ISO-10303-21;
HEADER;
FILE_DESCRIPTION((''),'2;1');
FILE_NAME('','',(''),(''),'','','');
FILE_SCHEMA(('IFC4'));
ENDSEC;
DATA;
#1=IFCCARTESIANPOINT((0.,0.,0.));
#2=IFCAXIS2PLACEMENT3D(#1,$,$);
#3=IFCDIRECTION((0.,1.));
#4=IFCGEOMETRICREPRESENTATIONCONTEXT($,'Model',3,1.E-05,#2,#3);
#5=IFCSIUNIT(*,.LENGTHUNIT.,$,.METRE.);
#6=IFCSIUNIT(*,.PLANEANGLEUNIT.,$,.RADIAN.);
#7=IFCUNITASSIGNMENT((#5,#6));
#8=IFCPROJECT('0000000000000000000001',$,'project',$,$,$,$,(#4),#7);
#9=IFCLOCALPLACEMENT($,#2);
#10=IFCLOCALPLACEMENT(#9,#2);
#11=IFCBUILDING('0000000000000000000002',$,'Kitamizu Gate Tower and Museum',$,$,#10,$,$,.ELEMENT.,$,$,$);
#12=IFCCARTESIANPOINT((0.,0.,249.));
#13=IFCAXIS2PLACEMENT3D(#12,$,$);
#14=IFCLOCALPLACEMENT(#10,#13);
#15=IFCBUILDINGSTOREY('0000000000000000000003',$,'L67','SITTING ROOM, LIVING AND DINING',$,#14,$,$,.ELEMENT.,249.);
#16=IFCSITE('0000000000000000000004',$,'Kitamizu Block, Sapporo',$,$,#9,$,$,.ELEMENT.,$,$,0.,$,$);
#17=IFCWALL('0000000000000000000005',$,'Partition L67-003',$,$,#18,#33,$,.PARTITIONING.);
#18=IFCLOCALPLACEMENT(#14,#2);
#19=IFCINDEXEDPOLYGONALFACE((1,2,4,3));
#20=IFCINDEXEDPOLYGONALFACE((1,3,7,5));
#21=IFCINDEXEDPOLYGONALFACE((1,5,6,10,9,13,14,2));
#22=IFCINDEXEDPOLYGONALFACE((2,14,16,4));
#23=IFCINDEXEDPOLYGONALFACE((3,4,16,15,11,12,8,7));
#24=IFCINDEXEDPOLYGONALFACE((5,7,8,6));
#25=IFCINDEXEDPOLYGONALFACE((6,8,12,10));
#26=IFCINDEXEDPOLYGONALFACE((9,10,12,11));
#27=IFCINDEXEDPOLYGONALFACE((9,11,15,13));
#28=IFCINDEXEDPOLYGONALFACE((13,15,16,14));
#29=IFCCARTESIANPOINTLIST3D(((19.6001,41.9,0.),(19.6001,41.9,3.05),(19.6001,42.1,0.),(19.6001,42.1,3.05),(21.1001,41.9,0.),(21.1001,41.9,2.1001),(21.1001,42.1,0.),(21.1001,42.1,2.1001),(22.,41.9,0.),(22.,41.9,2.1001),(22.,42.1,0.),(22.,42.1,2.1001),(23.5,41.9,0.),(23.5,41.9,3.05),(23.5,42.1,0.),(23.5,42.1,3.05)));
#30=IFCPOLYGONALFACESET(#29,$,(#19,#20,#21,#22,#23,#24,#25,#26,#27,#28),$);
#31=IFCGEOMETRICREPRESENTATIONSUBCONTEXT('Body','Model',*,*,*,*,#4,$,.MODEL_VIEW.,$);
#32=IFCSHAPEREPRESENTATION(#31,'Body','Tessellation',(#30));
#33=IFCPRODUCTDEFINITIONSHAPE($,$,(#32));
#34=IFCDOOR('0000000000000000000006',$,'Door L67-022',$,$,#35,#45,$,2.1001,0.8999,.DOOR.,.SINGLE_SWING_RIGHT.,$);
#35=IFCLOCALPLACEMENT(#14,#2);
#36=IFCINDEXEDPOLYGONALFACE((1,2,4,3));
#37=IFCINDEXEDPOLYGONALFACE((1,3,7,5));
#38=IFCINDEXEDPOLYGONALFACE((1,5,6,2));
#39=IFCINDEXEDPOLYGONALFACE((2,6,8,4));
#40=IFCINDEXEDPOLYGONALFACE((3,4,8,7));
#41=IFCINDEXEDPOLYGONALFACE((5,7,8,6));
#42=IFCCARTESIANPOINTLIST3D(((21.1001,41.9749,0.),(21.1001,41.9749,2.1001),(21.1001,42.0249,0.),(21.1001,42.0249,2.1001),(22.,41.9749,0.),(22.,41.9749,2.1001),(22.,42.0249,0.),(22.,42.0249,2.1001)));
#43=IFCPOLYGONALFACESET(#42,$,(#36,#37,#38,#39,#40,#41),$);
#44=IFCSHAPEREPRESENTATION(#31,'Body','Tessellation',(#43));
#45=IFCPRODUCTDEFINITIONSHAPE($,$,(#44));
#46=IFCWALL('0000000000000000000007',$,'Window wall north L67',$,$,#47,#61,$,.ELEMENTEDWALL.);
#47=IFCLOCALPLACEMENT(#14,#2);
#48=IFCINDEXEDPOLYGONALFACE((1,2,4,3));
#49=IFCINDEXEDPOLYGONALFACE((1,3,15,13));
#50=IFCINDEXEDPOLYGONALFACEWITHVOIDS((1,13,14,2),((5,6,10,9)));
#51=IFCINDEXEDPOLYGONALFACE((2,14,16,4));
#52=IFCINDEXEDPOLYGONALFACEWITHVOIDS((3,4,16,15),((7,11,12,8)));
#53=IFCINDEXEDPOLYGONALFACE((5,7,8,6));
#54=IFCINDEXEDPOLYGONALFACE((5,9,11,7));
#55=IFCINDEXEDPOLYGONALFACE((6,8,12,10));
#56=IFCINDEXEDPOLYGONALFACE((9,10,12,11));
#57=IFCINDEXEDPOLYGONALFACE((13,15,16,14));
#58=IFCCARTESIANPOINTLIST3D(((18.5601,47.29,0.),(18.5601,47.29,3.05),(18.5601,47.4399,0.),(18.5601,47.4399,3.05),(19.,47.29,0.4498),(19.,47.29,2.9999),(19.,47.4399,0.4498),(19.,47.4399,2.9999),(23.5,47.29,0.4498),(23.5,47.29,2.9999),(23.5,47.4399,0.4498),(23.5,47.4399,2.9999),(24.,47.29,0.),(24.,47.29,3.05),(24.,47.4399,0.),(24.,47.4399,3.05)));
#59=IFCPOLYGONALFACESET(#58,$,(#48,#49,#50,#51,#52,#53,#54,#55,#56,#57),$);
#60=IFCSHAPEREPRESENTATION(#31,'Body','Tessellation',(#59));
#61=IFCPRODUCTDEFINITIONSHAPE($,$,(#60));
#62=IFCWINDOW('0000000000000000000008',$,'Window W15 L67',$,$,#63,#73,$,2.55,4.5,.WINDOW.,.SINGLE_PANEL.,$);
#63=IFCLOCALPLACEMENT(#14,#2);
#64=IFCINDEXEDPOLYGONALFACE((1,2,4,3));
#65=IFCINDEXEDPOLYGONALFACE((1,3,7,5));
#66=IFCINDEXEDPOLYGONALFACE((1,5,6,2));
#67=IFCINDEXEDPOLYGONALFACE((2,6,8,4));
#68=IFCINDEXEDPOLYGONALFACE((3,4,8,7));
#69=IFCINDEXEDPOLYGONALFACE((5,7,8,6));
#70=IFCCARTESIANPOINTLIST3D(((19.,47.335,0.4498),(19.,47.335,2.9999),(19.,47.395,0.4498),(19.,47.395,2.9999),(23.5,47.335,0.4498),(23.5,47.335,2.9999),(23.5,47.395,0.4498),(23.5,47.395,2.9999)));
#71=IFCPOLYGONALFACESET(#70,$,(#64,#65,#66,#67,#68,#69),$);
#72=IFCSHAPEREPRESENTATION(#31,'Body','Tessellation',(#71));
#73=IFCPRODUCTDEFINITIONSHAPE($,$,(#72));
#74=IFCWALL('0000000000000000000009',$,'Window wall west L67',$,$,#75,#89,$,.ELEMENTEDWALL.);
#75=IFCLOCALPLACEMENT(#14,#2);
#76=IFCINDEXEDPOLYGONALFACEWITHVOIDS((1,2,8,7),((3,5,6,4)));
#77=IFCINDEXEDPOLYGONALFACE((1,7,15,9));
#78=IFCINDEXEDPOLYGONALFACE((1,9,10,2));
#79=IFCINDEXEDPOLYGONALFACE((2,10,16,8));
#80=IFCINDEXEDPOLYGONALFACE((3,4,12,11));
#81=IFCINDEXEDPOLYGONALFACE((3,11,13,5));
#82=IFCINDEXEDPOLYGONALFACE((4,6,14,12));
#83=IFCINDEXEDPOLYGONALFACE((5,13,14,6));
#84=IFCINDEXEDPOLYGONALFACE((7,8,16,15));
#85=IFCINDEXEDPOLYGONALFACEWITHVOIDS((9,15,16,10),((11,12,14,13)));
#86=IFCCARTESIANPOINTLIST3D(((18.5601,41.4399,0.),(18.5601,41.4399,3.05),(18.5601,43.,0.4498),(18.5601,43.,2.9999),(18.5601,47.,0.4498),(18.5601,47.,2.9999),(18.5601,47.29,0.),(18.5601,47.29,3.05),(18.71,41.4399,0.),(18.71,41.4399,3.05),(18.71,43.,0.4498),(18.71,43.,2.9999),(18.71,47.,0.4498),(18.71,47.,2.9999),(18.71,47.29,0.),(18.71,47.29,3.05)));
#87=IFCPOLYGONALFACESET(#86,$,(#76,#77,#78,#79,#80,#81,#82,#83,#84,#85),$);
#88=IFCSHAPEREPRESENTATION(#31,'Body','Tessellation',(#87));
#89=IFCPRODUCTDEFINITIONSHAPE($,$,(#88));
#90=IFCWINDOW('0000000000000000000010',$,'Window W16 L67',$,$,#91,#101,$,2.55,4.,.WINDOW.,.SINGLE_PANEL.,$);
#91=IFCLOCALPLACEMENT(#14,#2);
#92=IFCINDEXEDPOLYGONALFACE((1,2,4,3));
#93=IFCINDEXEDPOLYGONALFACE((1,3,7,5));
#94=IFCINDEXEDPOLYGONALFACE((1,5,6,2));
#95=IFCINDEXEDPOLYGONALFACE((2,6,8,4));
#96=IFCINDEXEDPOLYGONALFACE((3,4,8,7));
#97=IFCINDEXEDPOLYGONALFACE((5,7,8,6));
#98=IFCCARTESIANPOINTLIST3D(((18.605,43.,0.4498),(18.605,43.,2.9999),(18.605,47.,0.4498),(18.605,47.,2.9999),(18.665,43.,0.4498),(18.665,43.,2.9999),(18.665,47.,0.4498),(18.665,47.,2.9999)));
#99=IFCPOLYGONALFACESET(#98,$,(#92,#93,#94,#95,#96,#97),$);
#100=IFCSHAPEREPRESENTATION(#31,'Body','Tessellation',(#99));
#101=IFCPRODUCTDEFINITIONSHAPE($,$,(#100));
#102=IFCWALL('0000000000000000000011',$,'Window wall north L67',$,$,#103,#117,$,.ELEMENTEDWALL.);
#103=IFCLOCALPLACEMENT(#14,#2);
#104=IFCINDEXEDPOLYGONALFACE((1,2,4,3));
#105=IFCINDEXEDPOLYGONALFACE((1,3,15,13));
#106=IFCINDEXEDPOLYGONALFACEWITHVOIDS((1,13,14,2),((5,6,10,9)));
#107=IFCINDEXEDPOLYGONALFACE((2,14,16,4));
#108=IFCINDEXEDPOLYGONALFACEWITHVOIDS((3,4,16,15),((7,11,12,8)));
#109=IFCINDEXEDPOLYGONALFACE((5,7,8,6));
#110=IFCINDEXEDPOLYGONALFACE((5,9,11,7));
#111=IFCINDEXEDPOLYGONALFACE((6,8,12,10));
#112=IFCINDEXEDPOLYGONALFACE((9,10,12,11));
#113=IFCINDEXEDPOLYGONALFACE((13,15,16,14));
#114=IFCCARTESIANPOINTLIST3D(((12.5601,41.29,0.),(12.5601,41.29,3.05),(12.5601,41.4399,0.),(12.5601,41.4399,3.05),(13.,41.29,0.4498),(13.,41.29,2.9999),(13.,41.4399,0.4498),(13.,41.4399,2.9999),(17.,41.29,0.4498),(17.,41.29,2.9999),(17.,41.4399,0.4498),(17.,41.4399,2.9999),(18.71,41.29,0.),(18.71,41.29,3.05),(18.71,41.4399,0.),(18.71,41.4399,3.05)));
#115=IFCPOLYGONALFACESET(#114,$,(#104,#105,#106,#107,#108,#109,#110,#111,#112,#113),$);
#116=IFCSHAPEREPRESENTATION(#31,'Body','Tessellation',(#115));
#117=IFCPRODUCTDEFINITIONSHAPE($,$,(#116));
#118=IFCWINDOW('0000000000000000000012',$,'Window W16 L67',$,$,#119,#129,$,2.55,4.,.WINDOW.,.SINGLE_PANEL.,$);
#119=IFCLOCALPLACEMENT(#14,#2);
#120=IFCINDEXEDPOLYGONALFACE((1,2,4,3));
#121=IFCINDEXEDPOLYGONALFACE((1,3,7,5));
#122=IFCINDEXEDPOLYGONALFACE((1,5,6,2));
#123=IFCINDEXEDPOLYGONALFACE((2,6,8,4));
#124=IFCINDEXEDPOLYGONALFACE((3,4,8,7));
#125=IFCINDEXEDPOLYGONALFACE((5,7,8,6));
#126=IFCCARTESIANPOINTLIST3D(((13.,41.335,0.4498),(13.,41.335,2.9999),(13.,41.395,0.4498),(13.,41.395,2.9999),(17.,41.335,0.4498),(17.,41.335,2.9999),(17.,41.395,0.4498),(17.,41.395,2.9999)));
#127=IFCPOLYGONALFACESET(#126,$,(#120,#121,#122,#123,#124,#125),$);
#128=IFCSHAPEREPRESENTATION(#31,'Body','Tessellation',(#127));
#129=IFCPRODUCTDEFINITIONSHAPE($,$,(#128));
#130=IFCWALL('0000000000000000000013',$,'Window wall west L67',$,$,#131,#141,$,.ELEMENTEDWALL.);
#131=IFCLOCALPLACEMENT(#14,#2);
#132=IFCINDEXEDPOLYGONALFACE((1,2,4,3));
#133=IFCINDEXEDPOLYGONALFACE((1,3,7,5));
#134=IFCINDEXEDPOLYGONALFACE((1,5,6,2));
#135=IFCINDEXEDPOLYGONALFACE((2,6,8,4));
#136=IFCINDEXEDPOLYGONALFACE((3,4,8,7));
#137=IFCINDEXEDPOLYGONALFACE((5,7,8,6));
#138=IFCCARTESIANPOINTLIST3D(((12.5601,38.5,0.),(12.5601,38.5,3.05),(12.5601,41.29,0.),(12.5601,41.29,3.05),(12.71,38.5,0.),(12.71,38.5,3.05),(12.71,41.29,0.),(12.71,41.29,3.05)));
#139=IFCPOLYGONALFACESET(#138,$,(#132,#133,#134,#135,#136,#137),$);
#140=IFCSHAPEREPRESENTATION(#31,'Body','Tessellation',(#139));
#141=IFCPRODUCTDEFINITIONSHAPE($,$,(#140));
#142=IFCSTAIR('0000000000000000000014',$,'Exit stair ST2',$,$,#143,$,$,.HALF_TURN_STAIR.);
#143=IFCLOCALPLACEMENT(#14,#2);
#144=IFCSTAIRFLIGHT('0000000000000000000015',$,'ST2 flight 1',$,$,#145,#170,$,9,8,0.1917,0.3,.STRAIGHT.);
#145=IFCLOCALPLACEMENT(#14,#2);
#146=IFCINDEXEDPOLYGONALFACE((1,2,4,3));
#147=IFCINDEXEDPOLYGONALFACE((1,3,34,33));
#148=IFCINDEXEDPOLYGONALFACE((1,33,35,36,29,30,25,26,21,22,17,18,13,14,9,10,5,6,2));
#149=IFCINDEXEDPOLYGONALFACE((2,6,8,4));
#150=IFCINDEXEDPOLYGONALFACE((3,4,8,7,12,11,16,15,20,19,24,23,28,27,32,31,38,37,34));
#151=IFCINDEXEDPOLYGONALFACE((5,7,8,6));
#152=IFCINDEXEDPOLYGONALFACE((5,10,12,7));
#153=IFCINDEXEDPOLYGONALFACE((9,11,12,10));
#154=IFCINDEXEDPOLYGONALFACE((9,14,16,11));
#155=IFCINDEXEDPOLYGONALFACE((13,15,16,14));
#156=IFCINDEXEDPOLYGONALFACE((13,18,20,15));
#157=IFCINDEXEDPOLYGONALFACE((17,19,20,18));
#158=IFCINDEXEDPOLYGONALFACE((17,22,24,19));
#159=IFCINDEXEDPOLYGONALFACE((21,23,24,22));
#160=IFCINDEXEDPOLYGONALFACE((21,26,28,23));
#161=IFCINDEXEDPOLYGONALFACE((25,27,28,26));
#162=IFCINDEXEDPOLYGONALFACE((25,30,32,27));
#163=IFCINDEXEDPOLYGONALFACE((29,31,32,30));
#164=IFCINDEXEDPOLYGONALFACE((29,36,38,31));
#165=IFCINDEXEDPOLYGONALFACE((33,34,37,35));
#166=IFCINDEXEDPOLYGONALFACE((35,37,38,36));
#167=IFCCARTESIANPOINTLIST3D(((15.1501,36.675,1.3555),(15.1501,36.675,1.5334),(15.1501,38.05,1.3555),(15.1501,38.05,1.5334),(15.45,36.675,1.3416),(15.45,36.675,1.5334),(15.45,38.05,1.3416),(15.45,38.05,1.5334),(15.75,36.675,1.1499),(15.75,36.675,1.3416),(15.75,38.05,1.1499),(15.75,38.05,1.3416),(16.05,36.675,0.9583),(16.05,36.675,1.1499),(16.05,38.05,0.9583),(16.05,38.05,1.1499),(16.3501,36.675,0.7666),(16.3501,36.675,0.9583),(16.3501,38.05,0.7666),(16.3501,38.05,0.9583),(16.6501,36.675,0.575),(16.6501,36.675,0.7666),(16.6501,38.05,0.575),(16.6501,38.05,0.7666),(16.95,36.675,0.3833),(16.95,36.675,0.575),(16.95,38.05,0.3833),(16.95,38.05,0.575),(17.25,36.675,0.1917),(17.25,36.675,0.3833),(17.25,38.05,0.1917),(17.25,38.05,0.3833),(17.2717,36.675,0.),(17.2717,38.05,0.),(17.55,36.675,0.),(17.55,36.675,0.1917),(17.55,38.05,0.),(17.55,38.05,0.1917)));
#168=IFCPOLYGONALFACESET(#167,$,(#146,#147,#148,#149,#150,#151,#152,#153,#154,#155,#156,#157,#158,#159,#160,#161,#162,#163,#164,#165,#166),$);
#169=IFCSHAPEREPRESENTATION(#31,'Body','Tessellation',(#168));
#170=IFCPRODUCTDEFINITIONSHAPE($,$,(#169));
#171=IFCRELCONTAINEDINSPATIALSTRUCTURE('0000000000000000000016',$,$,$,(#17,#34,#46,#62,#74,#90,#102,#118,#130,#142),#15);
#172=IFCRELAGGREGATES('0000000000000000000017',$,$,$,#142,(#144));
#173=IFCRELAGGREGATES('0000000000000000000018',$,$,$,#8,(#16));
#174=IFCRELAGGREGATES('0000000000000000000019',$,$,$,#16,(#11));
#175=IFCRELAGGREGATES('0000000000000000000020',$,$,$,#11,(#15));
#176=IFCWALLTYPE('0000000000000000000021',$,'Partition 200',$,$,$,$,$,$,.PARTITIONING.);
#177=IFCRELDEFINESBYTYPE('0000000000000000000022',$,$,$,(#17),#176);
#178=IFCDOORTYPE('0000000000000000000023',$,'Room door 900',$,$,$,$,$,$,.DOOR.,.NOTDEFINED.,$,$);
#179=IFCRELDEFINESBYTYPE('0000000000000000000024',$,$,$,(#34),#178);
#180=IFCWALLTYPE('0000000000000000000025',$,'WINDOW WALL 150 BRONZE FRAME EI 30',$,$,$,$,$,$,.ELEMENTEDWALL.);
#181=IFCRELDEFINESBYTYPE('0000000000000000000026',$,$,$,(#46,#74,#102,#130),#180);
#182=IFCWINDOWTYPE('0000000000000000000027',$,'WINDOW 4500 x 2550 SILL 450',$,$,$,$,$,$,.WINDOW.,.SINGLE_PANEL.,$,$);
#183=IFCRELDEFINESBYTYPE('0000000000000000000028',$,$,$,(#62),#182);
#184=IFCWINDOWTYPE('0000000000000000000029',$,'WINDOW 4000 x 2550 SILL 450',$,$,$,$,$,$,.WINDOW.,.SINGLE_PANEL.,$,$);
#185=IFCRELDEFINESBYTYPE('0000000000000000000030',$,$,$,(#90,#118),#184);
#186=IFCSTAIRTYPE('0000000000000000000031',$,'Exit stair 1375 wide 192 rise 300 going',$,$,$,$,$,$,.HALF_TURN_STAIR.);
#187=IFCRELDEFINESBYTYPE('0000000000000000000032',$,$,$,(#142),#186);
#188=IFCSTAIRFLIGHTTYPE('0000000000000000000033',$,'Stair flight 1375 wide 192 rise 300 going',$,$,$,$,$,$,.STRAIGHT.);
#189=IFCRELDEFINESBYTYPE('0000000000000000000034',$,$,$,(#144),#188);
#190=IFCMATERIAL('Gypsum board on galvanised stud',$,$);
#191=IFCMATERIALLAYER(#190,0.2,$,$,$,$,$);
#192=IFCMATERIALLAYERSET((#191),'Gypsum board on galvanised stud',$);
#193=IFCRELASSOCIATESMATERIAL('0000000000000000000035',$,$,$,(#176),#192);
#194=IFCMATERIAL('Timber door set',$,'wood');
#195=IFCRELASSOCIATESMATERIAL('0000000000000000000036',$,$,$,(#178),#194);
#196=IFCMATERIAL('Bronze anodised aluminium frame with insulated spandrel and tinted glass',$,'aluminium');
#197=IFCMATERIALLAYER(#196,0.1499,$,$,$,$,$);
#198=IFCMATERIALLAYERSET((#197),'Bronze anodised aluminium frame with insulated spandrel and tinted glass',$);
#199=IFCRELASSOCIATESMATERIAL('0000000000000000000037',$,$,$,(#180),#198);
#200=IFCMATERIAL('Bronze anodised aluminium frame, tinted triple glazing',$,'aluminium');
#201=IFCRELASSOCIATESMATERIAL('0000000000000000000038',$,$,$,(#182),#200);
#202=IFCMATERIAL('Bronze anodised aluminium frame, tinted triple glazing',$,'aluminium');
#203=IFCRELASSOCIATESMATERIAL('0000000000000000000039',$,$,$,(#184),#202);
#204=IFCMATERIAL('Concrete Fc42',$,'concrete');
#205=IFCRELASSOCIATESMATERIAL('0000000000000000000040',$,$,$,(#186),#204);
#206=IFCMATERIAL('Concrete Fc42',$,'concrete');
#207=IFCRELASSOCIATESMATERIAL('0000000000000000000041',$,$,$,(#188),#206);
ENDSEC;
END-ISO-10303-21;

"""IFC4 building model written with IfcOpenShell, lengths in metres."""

from ifc_helpers import new_model, si_unit, direction, frame, frame_2d, origin, place, context, subcontext, project, spatial, polyline, rectangle, outline, extrude, material, layer, layer_set, type_object, element, fill, aggregate, save


model = new_model("IFC4")

# Units and contexts
model_context = context("Model", 3, precision=1e-05, world=origin(), true_north=direction((0.0, 1.0)))
body_context = subcontext(model_context, "Body", "Model", "MODEL_VIEW")
ifc_project = project(units=[si_unit("LENGTHUNIT", "METRE"), si_unit("PLANEANGLEUNIT", "RADIAN")], contexts=[model_context])

# Site, building, storey
site_placement = place(None, origin())
site = spatial("IfcSite", under=ifc_project, at=site_placement, Name="Kitamizu Block, Sapporo", CompositionType="ELEMENT", RefElevation=0.0)
building_placement = place(site_placement, origin())
building = spatial("IfcBuilding", under=site, at=building_placement, Name="Kitamizu Gate Tower and Museum", CompositionType="ELEMENT")
storey_placement = place(building_placement, frame((0.0, 0.0, 249.0)))
storey = spatial("IfcBuildingStorey", under=building, at=storey_placement, Name="L67", Description="SITTING ROOM, LIVING AND DINING", CompositionType="ELEMENT", Elevation=249.0)

# Shared definitions
ifc_material_1 = material(Name="Gypsum board on galvanised stud")
ifc_layer_1 = layer(ifc_material_1, 0.2)
ifc_layer_set_1 = layer_set([ifc_layer_1], Name="Gypsum board on galvanised stud")
wall_type_1 = type_object("IfcWallType", Name="Partition 200", PredefinedType="PARTITIONING", material=ifc_layer_set_1)

# Wall, opening, door
wall_1_placement = place(storey_placement, frame((19.6001, 42.0, 0.0), z_axis=(0.0, 0.0, 1.0), x_axis=(1.0, 0.0, 0.0)))
wall_1 = element("IfcWall", 1, at=wall_1_placement, inside=storey, type_object=wall_type_1, Name="Partition L67-003", PredefinedType="PARTITIONING", context=body_context, shape_type="SweptSolid", body=[
    extrude(rectangle(XDim=3.8999, YDim=0.2, at=frame_2d((1.95, 0.0))), origin(), (0.0, 0.0, 1.0), 3.05),
])
opening_1_placement = place(wall_1_placement, frame((1.5, 0.0, 0.0)))
opening_1 = element("IfcOpeningElement", 2, at=opening_1_placement, cuts=wall_1, PredefinedType="OPENING", context=body_context, shape_type="SweptSolid", body=[
    extrude(rectangle(XDim=0.8999, YDim=2.1001, at=frame_2d((0.45, 1.05))), frame((0.0, 0.1099, 0.0), z_axis=(0.0, -1.0, 0.0), x_axis=(1.0, 0.0, 0.0)), (0.0, 0.0, 1.0), 0.22),
])
ifc_material_2 = material(Name="Timber door set", Category="wood")
door_type_1 = type_object("IfcDoorType", Name="Room door 900", OperationType="NOTDEFINED", PredefinedType="DOOR", material=ifc_material_2)
door_1_placement = place(opening_1_placement, origin())
door_1 = element("IfcDoor", 3, at=door_1_placement, inside=storey, type_object=door_type_1, Name="Door L67-022", OperationType="SINGLE_SWING_RIGHT", OverallHeight=2.1001, OverallWidth=0.8999, PredefinedType="DOOR", context=body_context, shape_type="SweptSolid", body=[
    extrude(rectangle(XDim=0.8999, YDim=2.1001, at=frame_2d((0.45, 1.05))), frame((0.0, 0.0249, 0.0), z_axis=(0.0, -1.0, 0.0), x_axis=(1.0, 0.0, 0.0)), (0.0, 0.0, 1.0), 0.05),
])
fill(opening_1, door_1)

# Walls, openings, windows
ifc_material_3 = material(Name="Bronze anodised aluminium frame with insulated spandrel and tinted glass", Category="aluminium")
ifc_layer_2 = layer(ifc_material_3, 0.1499)
ifc_layer_set_2 = layer_set([ifc_layer_2], Name="Bronze anodised aluminium frame with insulated spandrel and tinted glass")
wall_type_2 = type_object("IfcWallType", Name="WINDOW WALL 150 BRONZE FRAME EI 30", PredefinedType="ELEMENTEDWALL", material=ifc_layer_set_2)
wall_2_placement = place(storey_placement, frame((18.5601, 47.365, 0.0), z_axis=(0.0, 0.0, 1.0), x_axis=(1.0, 0.0, 0.0)))
wall_2 = element("IfcWall", 4, at=wall_2_placement, inside=storey, type_object=wall_type_2, Name="Window wall north L67", PredefinedType="ELEMENTEDWALL", context=body_context, shape_type="SweptSolid", body=[
    extrude(rectangle(XDim=5.4399, YDim=0.1499, at=frame_2d((2.72, 0.0))), origin(), (0.0, 0.0, 1.0), 3.05),
])
opening_2_placement = place(wall_2_placement, frame((0.4399, 0.0, 0.45)))
opening_2 = element("IfcOpeningElement", 5, at=opening_2_placement, cuts=wall_2, PredefinedType="OPENING", context=body_context, shape_type="SweptSolid", body=[
    extrude(rectangle(XDim=4.5, YDim=2.55, at=frame_2d((2.25, 1.2749))), frame((0.0, 0.085, 0.0), z_axis=(0.0, -1.0, 0.0), x_axis=(1.0, 0.0, 0.0)), (0.0, 0.0, 1.0), 0.1699),
])
ifc_material_4 = material(Name="Bronze anodised aluminium frame, tinted triple glazing", Category="aluminium")
window_type_1 = type_object("IfcWindowType", Name="WINDOW 4500 x 2550 SILL 450", PartitioningType="SINGLE_PANEL", PredefinedType="WINDOW", material=ifc_material_4)
window_1_placement = place(opening_2_placement, origin())
window_1 = element("IfcWindow", 6, at=window_1_placement, inside=storey, type_object=window_type_1, Name="Window W15 L67", OverallHeight=2.55, OverallWidth=4.5, PartitioningType="SINGLE_PANEL", PredefinedType="WINDOW", context=body_context, shape_type="SweptSolid", body=[
    extrude(rectangle(XDim=4.5, YDim=2.55, at=frame_2d((2.25, 1.2749))), frame((0.0, 0.03, 0.0), z_axis=(0.0, -1.0, 0.0), x_axis=(1.0, 0.0, 0.0)), (0.0, 0.0, 1.0), 0.0601),
])
fill(opening_2, window_1)
wall_3_placement = place(storey_placement, frame((18.635, 41.4399, 0.0), z_axis=(0.0, 0.0, 1.0), x_axis=(0.0, 1.0, 0.0)))
wall_3 = element("IfcWall", 7, at=wall_3_placement, inside=storey, type_object=wall_type_2, Name="Window wall west L67", PredefinedType="ELEMENTEDWALL", context=body_context, shape_type="SweptSolid", body=[
    extrude(rectangle(XDim=5.8501, YDim=0.1499, at=frame_2d((2.925, 0.0))), origin(), (0.0, 0.0, 1.0), 3.05),
])
opening_3_placement = place(wall_3_placement, frame((1.5601, 0.0, 0.45)))
opening_3 = element("IfcOpeningElement", 8, at=opening_3_placement, cuts=wall_3, PredefinedType="OPENING", context=body_context, shape_type="SweptSolid", body=[
    extrude(rectangle(XDim=4.0, YDim=2.55, at=frame_2d((2.0, 1.2749))), frame((0.0, 0.085, 0.0), z_axis=(0.0, -1.0, 0.0), x_axis=(1.0, 0.0, 0.0)), (0.0, 0.0, 1.0), 0.1699),
])
ifc_material_5 = material(Name="Bronze anodised aluminium frame, tinted triple glazing", Category="aluminium")
window_type_2 = type_object("IfcWindowType", Name="WINDOW 4000 x 2550 SILL 450", PartitioningType="SINGLE_PANEL", PredefinedType="WINDOW", material=ifc_material_5)
window_2_placement = place(opening_3_placement, origin())
window_2 = element("IfcWindow", 9, at=window_2_placement, inside=storey, type_object=window_type_2, Name="Window W16 L67", OverallHeight=2.55, OverallWidth=4.0, PartitioningType="SINGLE_PANEL", PredefinedType="WINDOW", context=body_context, shape_type="SweptSolid", body=[
    extrude(rectangle(XDim=4.0, YDim=2.55, at=frame_2d((2.0, 1.2749))), frame((0.0, 0.03, 0.0), z_axis=(0.0, -1.0, 0.0), x_axis=(1.0, 0.0, 0.0)), (0.0, 0.0, 1.0), 0.0601),
])
fill(opening_3, window_2)
wall_4_placement = place(storey_placement, frame((12.5601, 41.365, 0.0), z_axis=(0.0, 0.0, 1.0), x_axis=(1.0, 0.0, 0.0)))
wall_4 = element("IfcWall", 10, at=wall_4_placement, inside=storey, type_object=wall_type_2, Name="Window wall north L67", PredefinedType="ELEMENTEDWALL", context=body_context, shape_type="SweptSolid", body=[
    extrude(rectangle(XDim=6.1499, YDim=0.1499, at=frame_2d((3.075, 0.0))), origin(), (0.0, 0.0, 1.0), 3.05),
])
opening_4_placement = place(wall_4_placement, frame((0.4399, 0.0, 0.45)))
opening_4 = element("IfcOpeningElement", 11, at=opening_4_placement, cuts=wall_4, PredefinedType="OPENING", context=body_context, shape_type="SweptSolid", body=[
    extrude(rectangle(XDim=4.0, YDim=2.55, at=frame_2d((2.0, 1.2749))), frame((0.0, 0.085, 0.0), z_axis=(0.0, -1.0, 0.0), x_axis=(1.0, 0.0, 0.0)), (0.0, 0.0, 1.0), 0.1699),
])
window_3_placement = place(opening_4_placement, origin())
window_3 = element("IfcWindow", 12, at=window_3_placement, inside=storey, type_object=window_type_2, Name="Window W16 L67", OverallHeight=2.55, OverallWidth=4.0, PartitioningType="SINGLE_PANEL", PredefinedType="WINDOW", context=body_context, shape_type="SweptSolid", body=[
    extrude(rectangle(XDim=4.0, YDim=2.55, at=frame_2d((2.0, 1.2749))), frame((0.0, 0.03, 0.0), z_axis=(0.0, -1.0, 0.0), x_axis=(1.0, 0.0, 0.0)), (0.0, 0.0, 1.0), 0.0601),
])
fill(opening_4, window_3)

# Wall
wall_5_placement = place(storey_placement, frame((12.635, 38.5, 0.0), z_axis=(0.0, 0.0, 1.0), x_axis=(0.0, 1.0, 0.0)))
element("IfcWall", 13, at=wall_5_placement, inside=storey, type_object=wall_type_2, Name="Window wall west L67", PredefinedType="ELEMENTEDWALL", context=body_context, shape_type="SweptSolid", body=[
    extrude(rectangle(XDim=2.79, YDim=0.1499, at=frame_2d((1.395, 0.0))), origin(), (0.0, 0.0, 1.0), 3.05),
])

# Stair, stair flight
ifc_material_6 = material(Name="Concrete Fc42", Category="concrete")
stair_type = type_object("IfcStairType", Name="Exit stair 1375 wide 192 rise 300 going", PredefinedType="HALF_TURN_STAIR", material=ifc_material_6)
stair_placement = place(storey_placement, origin())
stair = element("IfcStair", 14, at=stair_placement, inside=storey, type_object=stair_type, Name="Exit stair ST2", PredefinedType="HALF_TURN_STAIR")
ifc_material_7 = material(Name="Concrete Fc42", Category="concrete")
stair_flight_type = type_object("IfcStairFlightType", Name="Stair flight 1375 wide 192 rise 300 going", PredefinedType="STRAIGHT", material=ifc_material_7)
stair_flight_placement = place(storey_placement, frame((17.55, 37.3625, 0.0), z_axis=(0.0, 0.0, 1.0), x_axis=(-1.0, 0.0, 0.0)))
stair_flight = element("IfcStairFlight", 15, at=stair_flight_placement, type_object=stair_flight_type, Name="ST2 flight 1", NumberOfRisers=9, NumberOfTreads=8, PredefinedType="STRAIGHT", RiserHeight=0.1917, TreadLength=0.3, context=body_context, shape_type="SweptSolid", body=[
    extrude(outline(polyline([(0.0, 0.0), (0.0, 0.1917), (0.3, 0.1917), (0.3, 0.3833), (0.6001, 0.3833), (0.6001, 0.575), (0.8999, 0.575), (0.8999, 0.7666), (1.2, 0.7666), (1.2, 0.9583), (1.5, 0.9583), (1.5, 1.1499), (1.8, 1.1499), (1.8, 1.3416), (2.1001, 1.3416), (2.1001, 1.5334), (2.3999, 1.5334), (2.3999, 1.7251), (2.3999, 1.3555), (0.2783, 0.0), (0.0, 0.0)])), frame((0.0, 0.6875, 0.0), z_axis=(0.0, -1.0, 0.0), x_axis=(1.0, 0.0, 0.0)), (0.0, 0.0, 1.0), 1.375),
])
aggregate(stair, [stair_flight])

save(model, "model.ifc")
